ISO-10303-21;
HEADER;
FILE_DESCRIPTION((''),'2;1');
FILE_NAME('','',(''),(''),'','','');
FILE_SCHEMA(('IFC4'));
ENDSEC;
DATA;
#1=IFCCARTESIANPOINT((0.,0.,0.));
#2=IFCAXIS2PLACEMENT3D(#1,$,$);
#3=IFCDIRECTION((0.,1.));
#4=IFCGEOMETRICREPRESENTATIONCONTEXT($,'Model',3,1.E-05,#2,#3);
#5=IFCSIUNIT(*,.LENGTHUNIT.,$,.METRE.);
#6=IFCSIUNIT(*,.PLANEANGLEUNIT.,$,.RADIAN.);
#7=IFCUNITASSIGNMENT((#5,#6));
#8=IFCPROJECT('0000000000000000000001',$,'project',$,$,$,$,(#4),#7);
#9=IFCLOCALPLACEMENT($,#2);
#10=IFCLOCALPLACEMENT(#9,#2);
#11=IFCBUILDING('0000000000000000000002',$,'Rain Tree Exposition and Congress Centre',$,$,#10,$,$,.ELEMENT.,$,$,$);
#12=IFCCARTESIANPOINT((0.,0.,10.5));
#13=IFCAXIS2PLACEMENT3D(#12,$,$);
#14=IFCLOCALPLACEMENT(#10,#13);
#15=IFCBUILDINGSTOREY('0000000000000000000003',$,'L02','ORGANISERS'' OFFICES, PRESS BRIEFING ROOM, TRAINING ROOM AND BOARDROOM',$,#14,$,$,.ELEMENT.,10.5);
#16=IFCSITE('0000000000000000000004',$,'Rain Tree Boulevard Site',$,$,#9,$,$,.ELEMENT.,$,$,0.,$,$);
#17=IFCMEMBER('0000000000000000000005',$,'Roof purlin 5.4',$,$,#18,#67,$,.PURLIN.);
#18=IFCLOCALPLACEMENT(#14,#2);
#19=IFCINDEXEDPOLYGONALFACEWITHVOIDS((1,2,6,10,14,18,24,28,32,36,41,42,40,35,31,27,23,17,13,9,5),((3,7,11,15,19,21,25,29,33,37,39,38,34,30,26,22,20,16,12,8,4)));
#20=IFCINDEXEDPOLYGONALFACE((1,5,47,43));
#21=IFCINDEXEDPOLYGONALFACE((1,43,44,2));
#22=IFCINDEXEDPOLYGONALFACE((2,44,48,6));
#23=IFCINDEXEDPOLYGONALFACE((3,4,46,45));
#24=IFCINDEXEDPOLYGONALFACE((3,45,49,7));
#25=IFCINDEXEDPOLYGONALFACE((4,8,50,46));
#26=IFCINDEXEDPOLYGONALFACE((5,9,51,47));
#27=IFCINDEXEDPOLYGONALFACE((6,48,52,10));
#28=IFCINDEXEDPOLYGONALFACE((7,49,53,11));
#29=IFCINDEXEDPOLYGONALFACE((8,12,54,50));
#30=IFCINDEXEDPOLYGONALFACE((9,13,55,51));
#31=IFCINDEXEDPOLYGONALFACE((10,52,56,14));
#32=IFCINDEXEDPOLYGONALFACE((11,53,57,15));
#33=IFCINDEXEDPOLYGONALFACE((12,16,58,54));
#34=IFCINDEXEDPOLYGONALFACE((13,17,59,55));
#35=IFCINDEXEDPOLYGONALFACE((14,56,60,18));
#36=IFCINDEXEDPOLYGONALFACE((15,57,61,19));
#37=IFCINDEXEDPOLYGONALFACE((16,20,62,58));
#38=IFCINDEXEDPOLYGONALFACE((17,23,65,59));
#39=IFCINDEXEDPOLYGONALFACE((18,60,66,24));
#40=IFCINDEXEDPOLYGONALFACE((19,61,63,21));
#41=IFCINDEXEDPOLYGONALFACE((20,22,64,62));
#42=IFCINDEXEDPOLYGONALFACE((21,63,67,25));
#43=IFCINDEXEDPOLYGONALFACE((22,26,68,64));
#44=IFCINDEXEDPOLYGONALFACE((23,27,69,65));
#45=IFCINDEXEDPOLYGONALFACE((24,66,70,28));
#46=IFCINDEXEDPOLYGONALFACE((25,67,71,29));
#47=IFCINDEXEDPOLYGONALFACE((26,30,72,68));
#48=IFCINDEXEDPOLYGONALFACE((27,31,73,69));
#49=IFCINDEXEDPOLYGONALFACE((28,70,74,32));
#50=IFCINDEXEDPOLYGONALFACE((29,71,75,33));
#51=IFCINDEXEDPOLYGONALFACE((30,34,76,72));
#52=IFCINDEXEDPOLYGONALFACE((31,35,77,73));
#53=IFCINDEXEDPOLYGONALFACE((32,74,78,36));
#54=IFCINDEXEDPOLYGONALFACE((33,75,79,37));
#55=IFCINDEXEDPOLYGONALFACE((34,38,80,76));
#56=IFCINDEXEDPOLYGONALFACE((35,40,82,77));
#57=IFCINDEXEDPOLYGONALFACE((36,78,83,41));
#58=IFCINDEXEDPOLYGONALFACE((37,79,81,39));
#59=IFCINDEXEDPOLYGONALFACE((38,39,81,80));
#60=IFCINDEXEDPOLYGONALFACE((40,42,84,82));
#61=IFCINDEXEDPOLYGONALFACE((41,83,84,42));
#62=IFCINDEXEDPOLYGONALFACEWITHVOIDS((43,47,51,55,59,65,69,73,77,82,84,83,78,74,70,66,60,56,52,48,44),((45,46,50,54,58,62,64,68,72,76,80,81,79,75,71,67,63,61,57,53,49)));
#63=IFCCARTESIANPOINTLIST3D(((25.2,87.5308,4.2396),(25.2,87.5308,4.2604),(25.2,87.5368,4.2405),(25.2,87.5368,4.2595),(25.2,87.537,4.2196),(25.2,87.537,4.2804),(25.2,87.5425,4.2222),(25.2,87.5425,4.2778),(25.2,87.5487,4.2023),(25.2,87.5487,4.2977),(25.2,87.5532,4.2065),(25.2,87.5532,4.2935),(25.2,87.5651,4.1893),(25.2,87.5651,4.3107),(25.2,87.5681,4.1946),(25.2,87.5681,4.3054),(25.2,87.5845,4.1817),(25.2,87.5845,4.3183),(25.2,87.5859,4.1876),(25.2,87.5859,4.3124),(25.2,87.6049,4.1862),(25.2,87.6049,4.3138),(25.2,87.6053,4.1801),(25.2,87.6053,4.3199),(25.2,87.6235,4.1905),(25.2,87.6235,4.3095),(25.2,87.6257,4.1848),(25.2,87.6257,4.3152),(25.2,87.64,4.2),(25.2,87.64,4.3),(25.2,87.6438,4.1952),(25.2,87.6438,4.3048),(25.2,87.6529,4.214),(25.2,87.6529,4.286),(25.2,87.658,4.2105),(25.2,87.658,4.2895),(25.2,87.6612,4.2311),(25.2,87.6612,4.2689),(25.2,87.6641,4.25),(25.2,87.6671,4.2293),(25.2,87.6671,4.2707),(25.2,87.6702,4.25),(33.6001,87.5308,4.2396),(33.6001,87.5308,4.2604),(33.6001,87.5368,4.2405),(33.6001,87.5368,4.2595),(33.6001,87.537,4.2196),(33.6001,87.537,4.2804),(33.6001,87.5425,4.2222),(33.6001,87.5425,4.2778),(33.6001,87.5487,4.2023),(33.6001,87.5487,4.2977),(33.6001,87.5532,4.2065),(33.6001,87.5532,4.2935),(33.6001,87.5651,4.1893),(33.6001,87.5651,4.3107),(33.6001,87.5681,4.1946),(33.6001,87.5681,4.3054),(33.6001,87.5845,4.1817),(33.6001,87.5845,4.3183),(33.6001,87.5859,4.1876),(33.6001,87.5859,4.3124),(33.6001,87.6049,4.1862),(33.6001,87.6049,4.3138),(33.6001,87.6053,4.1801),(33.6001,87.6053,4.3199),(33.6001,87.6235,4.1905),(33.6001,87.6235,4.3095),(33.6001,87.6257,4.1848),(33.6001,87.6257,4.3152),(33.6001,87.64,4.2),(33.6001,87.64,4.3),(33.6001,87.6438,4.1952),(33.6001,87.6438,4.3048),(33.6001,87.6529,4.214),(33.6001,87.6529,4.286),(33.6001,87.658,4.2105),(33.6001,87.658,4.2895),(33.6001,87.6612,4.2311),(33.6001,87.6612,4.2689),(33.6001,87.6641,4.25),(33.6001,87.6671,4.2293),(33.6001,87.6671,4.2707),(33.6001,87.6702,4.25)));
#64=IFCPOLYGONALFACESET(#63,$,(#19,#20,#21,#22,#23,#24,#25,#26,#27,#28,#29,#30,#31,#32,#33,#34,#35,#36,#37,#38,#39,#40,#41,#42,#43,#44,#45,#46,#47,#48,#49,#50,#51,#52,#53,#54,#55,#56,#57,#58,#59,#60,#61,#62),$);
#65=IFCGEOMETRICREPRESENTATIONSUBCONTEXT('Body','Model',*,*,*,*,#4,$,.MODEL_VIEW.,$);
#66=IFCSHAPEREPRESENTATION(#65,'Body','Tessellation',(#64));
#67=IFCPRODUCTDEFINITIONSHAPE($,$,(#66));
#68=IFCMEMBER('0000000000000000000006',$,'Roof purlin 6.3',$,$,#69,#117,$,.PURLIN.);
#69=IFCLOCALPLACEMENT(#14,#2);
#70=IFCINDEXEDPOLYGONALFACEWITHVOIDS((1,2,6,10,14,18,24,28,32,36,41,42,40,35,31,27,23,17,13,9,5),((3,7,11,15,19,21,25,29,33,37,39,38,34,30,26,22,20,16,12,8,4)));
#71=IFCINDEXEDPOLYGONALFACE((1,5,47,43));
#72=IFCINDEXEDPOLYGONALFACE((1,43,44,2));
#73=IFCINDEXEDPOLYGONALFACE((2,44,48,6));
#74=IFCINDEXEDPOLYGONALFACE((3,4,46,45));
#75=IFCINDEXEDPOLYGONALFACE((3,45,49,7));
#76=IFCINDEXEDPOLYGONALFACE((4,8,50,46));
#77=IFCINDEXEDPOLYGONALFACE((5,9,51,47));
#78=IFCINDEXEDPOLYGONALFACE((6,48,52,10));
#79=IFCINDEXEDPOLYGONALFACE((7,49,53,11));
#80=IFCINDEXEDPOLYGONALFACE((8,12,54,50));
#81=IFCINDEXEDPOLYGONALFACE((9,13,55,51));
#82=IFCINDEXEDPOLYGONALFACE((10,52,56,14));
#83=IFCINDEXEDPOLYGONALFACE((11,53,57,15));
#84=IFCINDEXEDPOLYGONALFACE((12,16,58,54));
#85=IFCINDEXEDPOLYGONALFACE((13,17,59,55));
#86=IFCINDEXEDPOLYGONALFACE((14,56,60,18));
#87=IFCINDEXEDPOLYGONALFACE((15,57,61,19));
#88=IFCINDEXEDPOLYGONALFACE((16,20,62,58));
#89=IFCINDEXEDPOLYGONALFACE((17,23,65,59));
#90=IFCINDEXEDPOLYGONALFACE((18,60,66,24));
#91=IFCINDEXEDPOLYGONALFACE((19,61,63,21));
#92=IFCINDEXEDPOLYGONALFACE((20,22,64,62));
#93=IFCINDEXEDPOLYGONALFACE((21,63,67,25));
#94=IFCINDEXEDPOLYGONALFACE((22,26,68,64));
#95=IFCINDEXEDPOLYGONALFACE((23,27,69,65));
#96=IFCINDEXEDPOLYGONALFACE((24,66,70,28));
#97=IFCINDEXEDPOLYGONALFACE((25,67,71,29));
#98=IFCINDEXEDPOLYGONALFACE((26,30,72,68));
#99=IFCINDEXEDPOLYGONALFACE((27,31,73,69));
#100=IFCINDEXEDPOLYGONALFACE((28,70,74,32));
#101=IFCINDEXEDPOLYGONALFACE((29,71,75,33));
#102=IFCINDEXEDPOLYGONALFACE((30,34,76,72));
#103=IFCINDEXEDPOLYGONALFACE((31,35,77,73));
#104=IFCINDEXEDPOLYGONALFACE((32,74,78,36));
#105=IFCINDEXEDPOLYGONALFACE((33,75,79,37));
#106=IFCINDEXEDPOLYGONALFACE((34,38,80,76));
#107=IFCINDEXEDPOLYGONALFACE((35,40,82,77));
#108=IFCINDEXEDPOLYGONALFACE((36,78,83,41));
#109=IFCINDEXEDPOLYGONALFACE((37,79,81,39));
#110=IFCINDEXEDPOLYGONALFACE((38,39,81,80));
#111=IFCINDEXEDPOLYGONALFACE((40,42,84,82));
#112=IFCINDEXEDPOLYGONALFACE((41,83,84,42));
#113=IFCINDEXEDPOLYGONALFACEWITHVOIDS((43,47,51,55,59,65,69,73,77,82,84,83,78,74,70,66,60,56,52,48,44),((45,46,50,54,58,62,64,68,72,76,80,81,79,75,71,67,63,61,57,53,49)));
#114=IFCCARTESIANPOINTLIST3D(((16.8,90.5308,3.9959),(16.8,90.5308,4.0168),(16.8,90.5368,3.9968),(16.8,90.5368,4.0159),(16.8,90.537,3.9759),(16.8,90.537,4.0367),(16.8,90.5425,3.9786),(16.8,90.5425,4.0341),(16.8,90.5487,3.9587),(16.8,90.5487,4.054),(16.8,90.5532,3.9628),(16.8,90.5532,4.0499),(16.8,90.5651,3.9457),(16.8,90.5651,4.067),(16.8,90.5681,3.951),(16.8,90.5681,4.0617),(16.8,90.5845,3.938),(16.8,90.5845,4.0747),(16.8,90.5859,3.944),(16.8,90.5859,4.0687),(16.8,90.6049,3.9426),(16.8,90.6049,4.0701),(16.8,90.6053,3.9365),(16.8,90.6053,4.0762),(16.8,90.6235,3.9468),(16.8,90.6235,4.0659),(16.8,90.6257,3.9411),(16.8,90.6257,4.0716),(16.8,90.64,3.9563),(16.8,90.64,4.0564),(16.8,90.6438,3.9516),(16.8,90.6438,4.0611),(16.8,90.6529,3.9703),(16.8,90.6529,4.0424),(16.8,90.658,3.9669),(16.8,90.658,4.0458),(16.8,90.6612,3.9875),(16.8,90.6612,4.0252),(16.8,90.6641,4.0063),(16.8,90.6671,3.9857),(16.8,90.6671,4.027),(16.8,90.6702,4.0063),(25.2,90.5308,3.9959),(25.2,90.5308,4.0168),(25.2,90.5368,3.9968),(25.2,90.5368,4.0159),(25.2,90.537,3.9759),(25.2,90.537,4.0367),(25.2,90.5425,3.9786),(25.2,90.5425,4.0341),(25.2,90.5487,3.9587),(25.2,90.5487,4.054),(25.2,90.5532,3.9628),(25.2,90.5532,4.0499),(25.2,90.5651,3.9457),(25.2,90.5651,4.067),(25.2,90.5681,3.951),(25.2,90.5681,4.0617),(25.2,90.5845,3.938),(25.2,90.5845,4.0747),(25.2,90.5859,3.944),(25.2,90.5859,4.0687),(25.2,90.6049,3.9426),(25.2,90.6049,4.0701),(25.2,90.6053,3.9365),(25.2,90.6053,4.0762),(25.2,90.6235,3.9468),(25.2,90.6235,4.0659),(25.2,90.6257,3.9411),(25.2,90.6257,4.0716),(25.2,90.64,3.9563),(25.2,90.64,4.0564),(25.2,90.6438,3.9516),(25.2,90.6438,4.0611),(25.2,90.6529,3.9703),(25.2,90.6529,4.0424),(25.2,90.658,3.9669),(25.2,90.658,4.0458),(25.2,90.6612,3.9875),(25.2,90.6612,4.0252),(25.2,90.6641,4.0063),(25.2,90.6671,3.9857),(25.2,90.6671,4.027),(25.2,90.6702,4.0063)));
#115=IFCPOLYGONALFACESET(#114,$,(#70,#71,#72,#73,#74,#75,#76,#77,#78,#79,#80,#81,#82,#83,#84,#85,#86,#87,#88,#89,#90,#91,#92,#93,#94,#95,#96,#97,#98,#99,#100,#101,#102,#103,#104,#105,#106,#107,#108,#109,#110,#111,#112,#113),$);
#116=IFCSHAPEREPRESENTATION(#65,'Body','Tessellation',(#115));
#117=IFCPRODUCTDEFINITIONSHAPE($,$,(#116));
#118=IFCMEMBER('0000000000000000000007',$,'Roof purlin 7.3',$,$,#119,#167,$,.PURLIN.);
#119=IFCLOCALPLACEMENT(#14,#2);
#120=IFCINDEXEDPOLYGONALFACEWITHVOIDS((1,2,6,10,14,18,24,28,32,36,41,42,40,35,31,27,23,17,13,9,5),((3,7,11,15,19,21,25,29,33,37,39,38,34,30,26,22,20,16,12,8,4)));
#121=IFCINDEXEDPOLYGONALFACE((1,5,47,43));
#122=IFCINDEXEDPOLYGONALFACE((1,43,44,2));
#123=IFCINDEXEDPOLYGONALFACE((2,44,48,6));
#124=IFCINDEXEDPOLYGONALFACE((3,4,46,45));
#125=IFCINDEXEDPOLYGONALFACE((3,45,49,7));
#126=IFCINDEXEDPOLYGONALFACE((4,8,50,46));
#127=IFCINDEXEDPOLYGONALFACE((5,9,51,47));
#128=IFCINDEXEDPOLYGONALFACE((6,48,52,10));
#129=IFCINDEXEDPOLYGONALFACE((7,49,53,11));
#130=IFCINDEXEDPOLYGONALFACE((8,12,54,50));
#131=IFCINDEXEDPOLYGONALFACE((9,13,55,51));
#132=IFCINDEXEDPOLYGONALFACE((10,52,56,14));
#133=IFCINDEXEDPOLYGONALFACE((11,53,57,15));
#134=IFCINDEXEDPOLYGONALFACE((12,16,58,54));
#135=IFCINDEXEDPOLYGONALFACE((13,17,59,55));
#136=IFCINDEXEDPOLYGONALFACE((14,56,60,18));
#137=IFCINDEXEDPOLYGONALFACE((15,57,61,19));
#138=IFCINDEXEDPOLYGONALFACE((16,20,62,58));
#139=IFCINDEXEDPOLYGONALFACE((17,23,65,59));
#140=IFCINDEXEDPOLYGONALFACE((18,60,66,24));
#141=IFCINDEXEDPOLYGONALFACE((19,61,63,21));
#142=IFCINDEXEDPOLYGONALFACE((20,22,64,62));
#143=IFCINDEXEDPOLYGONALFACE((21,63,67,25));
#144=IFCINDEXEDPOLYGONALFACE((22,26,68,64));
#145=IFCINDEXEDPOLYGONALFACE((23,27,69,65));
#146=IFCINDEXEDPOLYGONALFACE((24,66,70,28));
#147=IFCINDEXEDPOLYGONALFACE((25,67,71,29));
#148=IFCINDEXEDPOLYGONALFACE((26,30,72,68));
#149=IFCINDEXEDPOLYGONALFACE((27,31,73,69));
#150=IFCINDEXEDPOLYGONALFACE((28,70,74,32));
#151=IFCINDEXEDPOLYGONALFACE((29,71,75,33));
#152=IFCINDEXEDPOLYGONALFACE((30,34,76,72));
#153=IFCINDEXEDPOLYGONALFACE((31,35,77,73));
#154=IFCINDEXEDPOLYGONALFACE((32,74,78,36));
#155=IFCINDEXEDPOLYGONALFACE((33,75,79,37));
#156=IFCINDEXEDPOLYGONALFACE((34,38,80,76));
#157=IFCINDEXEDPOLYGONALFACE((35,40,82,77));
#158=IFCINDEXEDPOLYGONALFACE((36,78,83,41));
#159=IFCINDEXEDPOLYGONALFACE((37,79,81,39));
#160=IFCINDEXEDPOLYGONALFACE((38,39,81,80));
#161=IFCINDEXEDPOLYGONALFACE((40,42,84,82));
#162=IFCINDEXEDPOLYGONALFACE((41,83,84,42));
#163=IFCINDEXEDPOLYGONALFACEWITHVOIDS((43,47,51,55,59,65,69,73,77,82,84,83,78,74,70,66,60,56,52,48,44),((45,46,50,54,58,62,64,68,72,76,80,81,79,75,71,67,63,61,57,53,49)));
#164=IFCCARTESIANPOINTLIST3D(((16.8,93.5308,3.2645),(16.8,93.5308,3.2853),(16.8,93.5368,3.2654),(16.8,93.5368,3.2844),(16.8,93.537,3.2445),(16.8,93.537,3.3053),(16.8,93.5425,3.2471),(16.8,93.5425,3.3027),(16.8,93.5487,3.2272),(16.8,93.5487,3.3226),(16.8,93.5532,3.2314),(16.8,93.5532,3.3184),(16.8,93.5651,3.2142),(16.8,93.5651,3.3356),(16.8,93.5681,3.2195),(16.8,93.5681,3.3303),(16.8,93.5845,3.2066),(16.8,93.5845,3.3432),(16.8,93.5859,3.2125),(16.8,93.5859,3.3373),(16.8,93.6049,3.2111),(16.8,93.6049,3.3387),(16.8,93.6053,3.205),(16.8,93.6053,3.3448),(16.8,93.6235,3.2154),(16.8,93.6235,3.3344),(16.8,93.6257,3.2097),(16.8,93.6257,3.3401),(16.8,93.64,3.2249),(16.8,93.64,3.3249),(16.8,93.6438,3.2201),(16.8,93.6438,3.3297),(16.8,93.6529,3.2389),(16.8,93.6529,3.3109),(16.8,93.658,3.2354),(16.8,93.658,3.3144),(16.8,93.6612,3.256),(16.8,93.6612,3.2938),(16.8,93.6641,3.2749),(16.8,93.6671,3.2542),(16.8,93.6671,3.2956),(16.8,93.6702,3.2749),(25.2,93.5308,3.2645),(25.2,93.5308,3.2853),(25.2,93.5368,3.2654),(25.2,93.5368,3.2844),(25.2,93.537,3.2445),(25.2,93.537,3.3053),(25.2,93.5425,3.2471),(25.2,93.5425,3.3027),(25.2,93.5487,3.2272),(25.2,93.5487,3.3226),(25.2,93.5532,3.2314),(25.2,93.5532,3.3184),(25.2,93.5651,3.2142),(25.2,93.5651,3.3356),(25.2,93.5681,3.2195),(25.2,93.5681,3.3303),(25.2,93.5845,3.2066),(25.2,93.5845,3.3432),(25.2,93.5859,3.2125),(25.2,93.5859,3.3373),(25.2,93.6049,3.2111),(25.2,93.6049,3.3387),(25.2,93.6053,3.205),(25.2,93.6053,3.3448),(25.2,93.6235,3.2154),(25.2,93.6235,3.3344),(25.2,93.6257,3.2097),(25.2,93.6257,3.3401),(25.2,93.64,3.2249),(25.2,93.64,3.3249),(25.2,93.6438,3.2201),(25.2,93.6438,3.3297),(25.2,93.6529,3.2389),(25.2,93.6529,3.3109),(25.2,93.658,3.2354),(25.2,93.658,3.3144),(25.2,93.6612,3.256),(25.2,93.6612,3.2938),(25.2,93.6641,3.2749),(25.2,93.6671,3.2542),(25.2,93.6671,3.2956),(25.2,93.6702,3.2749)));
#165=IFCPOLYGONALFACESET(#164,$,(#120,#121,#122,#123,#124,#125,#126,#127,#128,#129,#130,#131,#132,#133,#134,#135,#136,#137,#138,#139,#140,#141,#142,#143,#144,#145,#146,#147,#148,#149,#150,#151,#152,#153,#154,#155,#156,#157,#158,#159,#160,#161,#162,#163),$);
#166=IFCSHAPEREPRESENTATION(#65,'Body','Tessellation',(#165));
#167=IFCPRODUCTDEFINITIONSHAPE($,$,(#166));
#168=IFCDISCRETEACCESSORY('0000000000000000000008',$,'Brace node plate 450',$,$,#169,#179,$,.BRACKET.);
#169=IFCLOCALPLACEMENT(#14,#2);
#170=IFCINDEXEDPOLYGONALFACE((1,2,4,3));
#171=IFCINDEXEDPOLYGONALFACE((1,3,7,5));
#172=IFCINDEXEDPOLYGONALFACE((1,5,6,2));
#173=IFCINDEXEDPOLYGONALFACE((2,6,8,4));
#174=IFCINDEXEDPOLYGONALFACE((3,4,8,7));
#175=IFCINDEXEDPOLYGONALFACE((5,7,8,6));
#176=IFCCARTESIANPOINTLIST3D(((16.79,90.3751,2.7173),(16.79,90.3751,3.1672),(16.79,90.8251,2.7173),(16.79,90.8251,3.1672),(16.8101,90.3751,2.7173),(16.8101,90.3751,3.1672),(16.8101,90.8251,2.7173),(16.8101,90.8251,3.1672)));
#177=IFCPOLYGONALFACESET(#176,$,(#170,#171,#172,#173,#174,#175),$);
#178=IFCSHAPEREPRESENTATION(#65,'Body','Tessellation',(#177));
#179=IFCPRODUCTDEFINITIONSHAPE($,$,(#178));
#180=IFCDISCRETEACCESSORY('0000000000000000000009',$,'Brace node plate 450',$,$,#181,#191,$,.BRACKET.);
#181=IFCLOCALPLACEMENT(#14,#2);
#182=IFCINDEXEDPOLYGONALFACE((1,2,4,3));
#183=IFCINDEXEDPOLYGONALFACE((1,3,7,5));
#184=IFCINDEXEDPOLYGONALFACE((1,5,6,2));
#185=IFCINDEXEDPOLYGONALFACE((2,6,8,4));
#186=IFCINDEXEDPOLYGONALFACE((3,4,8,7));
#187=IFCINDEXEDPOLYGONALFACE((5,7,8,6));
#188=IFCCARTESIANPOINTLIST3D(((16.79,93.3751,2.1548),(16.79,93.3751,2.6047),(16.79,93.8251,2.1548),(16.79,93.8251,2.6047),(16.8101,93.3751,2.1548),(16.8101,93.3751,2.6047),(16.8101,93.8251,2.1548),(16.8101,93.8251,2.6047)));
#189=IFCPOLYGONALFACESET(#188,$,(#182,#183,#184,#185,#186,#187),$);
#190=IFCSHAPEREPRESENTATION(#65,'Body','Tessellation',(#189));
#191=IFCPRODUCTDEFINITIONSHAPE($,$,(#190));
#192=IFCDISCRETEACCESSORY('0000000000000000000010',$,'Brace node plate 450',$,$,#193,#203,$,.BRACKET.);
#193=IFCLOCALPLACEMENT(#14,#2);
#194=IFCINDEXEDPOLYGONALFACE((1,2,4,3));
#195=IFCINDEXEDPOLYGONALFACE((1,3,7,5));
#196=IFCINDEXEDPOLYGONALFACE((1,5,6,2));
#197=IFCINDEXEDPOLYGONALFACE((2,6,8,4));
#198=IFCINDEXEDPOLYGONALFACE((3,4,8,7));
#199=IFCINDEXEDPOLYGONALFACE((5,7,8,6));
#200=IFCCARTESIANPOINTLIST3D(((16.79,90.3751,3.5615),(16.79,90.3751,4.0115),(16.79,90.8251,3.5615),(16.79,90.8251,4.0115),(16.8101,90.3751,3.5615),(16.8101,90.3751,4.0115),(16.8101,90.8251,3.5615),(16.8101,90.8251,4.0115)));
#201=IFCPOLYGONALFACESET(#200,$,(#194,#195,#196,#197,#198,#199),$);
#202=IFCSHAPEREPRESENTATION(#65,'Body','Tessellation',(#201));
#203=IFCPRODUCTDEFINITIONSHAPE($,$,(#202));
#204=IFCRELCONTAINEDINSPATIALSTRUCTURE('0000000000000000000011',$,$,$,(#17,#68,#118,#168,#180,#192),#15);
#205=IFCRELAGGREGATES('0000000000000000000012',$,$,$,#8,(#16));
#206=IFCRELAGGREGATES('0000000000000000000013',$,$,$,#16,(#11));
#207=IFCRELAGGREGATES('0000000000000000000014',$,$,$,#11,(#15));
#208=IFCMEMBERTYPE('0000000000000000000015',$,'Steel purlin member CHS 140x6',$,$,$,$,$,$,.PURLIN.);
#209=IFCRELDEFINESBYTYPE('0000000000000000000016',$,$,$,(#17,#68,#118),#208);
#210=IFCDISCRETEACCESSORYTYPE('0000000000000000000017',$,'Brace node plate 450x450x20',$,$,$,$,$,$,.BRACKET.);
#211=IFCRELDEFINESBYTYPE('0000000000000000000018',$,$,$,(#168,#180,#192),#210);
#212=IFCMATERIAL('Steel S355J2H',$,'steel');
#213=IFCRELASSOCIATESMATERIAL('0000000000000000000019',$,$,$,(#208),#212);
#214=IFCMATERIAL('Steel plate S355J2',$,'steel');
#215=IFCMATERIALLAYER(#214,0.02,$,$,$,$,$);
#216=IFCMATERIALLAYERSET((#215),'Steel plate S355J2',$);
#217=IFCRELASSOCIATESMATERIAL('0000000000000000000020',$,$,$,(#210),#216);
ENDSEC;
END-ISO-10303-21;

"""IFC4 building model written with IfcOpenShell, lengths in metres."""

from ifc_helpers import new_model, si_unit, direction, frame, origin, origin_2d, place, context, subcontext, project, spatial, rectangle, hollow_circle, extrude, material, layer, layer_set, material_profile, profile_set, type_object, element, save


model = new_model("IFC4")

# Units and contexts
model_context = context("Model", 3, precision=1e-05, world=origin(), true_north=direction((0.0, 1.0)))
body_context = subcontext(model_context, "Body", "Model", "MODEL_VIEW")
ifc_project = project(units=[si_unit("LENGTHUNIT", "METRE"), si_unit("PLANEANGLEUNIT", "RADIAN")], contexts=[model_context])

# Site, building, storey
site_placement = place(None, origin())
site = spatial("IfcSite", under=ifc_project, at=site_placement, Name="Rain Tree Boulevard Site", CompositionType="ELEMENT", RefElevation=0.0)
building_placement = place(site_placement, origin())
building = spatial("IfcBuilding", under=site, at=building_placement, Name="Rain Tree Exposition and Congress Centre", CompositionType="ELEMENT")
storey_placement = place(building_placement, frame((0.0, 0.0, 10.5)))
storey = spatial("IfcBuildingStorey", under=building, at=storey_placement, Name="L02", Description="ORGANISERS' OFFICES, PRESS BRIEFING ROOM, TRAINING ROOM AND BOARDROOM", CompositionType="ELEMENT", Elevation=10.5)

# Members
ifc_material_1 = material(Name="Steel S355J2H", Category="steel")
ifc_material_profile_1 = material_profile(ifc_material_1, hollow_circle(Radius=0.0701, WallThickness=0.0061, at=origin_2d()), Name="CHS 140x6")
ifc_profile_set_1 = profile_set([ifc_material_profile_1], Name="Steel S355J2H")
member_type_1 = type_object("IfcMemberType", Name="Steel purlin member CHS 140x6", PredefinedType="PURLIN", material=ifc_profile_set_1)
for number, where, z_axis, x_axis, name in (
    (1, (25.2, 87.6001, 4.25), (1.0, 0.0, 0.0), (0.0, 1.0, 0.0), "Roof purlin 5.4"),
):
    element("IfcMember", number, at=place(storey_placement, frame(where, z_axis=z_axis, x_axis=x_axis)), inside=storey, type_object=member_type_1, Name=name, PredefinedType="PURLIN", context=body_context, shape_type="SweptSolid", body=[
        extrude(hollow_circle(Radius=0.0701, WallThickness=0.0061, at=origin_2d()), origin(), (0.0, 0.0, 1.0), 8.4001),
    ])
for number, where, z_axis, x_axis, name in (
    (2, (16.8, 90.6001, 4.0063), (1.0, 0.0, 0.0), (0.0, 1.0, 0.0), "Roof purlin 6.3"),
    (3, (16.8, 93.6001, 3.2749), (1.0, 0.0, 0.0), (0.0, 1.0, 0.0), "Roof purlin 7.3"),
):
    element("IfcMember", number, at=place(storey_placement, frame(where, z_axis=z_axis, x_axis=x_axis)), inside=storey, type_object=member_type_1, Name=name, PredefinedType="PURLIN", context=body_context, shape_type="SweptSolid", body=[
        extrude(hollow_circle(Radius=0.0701, WallThickness=0.0061, at=origin_2d()), origin(), (0.0, 0.0, 1.0), 8.3999),
    ])

# Discrete accessories
ifc_material_2 = material(Name="Steel plate S355J2", Category="steel")
ifc_layer = layer(ifc_material_2, 0.02)
ifc_layer_set = layer_set([ifc_layer], Name="Steel plate S355J2")
discrete_accessory_type = type_object("IfcDiscreteAccessoryType", Name="Brace node plate 450x450x20", PredefinedType="BRACKET", material=ifc_layer_set)
for number, where, z_axis, x_axis, name in (
    (4, (16.8, 90.6001, 2.7173), (0.0, 0.0, 1.0), (0.0, -1.0, 0.0), "Brace node plate 450"),
    (5, (16.8, 93.6001, 2.1548), (0.0, 0.0, 1.0), (0.0, -1.0, 0.0), "Brace node plate 450"),
    (6, (16.8, 90.6001, 3.5615), (0.0, 0.0, 1.0), (0.0, 1.0, 0.0), "Brace node plate 450"),
):
    element("IfcDiscreteAccessory", number, at=place(storey_placement, frame(where, z_axis=z_axis, x_axis=x_axis)), inside=storey, type_object=discrete_accessory_type, Name=name, PredefinedType="BRACKET", context=body_context, shape_type="SweptSolid", body=[
        extrude(rectangle(XDim=0.45, YDim=0.02, at=origin_2d()), origin(), (0.0, 0.0, 1.0), 0.45),
    ])

save(model, "model.ifc")
